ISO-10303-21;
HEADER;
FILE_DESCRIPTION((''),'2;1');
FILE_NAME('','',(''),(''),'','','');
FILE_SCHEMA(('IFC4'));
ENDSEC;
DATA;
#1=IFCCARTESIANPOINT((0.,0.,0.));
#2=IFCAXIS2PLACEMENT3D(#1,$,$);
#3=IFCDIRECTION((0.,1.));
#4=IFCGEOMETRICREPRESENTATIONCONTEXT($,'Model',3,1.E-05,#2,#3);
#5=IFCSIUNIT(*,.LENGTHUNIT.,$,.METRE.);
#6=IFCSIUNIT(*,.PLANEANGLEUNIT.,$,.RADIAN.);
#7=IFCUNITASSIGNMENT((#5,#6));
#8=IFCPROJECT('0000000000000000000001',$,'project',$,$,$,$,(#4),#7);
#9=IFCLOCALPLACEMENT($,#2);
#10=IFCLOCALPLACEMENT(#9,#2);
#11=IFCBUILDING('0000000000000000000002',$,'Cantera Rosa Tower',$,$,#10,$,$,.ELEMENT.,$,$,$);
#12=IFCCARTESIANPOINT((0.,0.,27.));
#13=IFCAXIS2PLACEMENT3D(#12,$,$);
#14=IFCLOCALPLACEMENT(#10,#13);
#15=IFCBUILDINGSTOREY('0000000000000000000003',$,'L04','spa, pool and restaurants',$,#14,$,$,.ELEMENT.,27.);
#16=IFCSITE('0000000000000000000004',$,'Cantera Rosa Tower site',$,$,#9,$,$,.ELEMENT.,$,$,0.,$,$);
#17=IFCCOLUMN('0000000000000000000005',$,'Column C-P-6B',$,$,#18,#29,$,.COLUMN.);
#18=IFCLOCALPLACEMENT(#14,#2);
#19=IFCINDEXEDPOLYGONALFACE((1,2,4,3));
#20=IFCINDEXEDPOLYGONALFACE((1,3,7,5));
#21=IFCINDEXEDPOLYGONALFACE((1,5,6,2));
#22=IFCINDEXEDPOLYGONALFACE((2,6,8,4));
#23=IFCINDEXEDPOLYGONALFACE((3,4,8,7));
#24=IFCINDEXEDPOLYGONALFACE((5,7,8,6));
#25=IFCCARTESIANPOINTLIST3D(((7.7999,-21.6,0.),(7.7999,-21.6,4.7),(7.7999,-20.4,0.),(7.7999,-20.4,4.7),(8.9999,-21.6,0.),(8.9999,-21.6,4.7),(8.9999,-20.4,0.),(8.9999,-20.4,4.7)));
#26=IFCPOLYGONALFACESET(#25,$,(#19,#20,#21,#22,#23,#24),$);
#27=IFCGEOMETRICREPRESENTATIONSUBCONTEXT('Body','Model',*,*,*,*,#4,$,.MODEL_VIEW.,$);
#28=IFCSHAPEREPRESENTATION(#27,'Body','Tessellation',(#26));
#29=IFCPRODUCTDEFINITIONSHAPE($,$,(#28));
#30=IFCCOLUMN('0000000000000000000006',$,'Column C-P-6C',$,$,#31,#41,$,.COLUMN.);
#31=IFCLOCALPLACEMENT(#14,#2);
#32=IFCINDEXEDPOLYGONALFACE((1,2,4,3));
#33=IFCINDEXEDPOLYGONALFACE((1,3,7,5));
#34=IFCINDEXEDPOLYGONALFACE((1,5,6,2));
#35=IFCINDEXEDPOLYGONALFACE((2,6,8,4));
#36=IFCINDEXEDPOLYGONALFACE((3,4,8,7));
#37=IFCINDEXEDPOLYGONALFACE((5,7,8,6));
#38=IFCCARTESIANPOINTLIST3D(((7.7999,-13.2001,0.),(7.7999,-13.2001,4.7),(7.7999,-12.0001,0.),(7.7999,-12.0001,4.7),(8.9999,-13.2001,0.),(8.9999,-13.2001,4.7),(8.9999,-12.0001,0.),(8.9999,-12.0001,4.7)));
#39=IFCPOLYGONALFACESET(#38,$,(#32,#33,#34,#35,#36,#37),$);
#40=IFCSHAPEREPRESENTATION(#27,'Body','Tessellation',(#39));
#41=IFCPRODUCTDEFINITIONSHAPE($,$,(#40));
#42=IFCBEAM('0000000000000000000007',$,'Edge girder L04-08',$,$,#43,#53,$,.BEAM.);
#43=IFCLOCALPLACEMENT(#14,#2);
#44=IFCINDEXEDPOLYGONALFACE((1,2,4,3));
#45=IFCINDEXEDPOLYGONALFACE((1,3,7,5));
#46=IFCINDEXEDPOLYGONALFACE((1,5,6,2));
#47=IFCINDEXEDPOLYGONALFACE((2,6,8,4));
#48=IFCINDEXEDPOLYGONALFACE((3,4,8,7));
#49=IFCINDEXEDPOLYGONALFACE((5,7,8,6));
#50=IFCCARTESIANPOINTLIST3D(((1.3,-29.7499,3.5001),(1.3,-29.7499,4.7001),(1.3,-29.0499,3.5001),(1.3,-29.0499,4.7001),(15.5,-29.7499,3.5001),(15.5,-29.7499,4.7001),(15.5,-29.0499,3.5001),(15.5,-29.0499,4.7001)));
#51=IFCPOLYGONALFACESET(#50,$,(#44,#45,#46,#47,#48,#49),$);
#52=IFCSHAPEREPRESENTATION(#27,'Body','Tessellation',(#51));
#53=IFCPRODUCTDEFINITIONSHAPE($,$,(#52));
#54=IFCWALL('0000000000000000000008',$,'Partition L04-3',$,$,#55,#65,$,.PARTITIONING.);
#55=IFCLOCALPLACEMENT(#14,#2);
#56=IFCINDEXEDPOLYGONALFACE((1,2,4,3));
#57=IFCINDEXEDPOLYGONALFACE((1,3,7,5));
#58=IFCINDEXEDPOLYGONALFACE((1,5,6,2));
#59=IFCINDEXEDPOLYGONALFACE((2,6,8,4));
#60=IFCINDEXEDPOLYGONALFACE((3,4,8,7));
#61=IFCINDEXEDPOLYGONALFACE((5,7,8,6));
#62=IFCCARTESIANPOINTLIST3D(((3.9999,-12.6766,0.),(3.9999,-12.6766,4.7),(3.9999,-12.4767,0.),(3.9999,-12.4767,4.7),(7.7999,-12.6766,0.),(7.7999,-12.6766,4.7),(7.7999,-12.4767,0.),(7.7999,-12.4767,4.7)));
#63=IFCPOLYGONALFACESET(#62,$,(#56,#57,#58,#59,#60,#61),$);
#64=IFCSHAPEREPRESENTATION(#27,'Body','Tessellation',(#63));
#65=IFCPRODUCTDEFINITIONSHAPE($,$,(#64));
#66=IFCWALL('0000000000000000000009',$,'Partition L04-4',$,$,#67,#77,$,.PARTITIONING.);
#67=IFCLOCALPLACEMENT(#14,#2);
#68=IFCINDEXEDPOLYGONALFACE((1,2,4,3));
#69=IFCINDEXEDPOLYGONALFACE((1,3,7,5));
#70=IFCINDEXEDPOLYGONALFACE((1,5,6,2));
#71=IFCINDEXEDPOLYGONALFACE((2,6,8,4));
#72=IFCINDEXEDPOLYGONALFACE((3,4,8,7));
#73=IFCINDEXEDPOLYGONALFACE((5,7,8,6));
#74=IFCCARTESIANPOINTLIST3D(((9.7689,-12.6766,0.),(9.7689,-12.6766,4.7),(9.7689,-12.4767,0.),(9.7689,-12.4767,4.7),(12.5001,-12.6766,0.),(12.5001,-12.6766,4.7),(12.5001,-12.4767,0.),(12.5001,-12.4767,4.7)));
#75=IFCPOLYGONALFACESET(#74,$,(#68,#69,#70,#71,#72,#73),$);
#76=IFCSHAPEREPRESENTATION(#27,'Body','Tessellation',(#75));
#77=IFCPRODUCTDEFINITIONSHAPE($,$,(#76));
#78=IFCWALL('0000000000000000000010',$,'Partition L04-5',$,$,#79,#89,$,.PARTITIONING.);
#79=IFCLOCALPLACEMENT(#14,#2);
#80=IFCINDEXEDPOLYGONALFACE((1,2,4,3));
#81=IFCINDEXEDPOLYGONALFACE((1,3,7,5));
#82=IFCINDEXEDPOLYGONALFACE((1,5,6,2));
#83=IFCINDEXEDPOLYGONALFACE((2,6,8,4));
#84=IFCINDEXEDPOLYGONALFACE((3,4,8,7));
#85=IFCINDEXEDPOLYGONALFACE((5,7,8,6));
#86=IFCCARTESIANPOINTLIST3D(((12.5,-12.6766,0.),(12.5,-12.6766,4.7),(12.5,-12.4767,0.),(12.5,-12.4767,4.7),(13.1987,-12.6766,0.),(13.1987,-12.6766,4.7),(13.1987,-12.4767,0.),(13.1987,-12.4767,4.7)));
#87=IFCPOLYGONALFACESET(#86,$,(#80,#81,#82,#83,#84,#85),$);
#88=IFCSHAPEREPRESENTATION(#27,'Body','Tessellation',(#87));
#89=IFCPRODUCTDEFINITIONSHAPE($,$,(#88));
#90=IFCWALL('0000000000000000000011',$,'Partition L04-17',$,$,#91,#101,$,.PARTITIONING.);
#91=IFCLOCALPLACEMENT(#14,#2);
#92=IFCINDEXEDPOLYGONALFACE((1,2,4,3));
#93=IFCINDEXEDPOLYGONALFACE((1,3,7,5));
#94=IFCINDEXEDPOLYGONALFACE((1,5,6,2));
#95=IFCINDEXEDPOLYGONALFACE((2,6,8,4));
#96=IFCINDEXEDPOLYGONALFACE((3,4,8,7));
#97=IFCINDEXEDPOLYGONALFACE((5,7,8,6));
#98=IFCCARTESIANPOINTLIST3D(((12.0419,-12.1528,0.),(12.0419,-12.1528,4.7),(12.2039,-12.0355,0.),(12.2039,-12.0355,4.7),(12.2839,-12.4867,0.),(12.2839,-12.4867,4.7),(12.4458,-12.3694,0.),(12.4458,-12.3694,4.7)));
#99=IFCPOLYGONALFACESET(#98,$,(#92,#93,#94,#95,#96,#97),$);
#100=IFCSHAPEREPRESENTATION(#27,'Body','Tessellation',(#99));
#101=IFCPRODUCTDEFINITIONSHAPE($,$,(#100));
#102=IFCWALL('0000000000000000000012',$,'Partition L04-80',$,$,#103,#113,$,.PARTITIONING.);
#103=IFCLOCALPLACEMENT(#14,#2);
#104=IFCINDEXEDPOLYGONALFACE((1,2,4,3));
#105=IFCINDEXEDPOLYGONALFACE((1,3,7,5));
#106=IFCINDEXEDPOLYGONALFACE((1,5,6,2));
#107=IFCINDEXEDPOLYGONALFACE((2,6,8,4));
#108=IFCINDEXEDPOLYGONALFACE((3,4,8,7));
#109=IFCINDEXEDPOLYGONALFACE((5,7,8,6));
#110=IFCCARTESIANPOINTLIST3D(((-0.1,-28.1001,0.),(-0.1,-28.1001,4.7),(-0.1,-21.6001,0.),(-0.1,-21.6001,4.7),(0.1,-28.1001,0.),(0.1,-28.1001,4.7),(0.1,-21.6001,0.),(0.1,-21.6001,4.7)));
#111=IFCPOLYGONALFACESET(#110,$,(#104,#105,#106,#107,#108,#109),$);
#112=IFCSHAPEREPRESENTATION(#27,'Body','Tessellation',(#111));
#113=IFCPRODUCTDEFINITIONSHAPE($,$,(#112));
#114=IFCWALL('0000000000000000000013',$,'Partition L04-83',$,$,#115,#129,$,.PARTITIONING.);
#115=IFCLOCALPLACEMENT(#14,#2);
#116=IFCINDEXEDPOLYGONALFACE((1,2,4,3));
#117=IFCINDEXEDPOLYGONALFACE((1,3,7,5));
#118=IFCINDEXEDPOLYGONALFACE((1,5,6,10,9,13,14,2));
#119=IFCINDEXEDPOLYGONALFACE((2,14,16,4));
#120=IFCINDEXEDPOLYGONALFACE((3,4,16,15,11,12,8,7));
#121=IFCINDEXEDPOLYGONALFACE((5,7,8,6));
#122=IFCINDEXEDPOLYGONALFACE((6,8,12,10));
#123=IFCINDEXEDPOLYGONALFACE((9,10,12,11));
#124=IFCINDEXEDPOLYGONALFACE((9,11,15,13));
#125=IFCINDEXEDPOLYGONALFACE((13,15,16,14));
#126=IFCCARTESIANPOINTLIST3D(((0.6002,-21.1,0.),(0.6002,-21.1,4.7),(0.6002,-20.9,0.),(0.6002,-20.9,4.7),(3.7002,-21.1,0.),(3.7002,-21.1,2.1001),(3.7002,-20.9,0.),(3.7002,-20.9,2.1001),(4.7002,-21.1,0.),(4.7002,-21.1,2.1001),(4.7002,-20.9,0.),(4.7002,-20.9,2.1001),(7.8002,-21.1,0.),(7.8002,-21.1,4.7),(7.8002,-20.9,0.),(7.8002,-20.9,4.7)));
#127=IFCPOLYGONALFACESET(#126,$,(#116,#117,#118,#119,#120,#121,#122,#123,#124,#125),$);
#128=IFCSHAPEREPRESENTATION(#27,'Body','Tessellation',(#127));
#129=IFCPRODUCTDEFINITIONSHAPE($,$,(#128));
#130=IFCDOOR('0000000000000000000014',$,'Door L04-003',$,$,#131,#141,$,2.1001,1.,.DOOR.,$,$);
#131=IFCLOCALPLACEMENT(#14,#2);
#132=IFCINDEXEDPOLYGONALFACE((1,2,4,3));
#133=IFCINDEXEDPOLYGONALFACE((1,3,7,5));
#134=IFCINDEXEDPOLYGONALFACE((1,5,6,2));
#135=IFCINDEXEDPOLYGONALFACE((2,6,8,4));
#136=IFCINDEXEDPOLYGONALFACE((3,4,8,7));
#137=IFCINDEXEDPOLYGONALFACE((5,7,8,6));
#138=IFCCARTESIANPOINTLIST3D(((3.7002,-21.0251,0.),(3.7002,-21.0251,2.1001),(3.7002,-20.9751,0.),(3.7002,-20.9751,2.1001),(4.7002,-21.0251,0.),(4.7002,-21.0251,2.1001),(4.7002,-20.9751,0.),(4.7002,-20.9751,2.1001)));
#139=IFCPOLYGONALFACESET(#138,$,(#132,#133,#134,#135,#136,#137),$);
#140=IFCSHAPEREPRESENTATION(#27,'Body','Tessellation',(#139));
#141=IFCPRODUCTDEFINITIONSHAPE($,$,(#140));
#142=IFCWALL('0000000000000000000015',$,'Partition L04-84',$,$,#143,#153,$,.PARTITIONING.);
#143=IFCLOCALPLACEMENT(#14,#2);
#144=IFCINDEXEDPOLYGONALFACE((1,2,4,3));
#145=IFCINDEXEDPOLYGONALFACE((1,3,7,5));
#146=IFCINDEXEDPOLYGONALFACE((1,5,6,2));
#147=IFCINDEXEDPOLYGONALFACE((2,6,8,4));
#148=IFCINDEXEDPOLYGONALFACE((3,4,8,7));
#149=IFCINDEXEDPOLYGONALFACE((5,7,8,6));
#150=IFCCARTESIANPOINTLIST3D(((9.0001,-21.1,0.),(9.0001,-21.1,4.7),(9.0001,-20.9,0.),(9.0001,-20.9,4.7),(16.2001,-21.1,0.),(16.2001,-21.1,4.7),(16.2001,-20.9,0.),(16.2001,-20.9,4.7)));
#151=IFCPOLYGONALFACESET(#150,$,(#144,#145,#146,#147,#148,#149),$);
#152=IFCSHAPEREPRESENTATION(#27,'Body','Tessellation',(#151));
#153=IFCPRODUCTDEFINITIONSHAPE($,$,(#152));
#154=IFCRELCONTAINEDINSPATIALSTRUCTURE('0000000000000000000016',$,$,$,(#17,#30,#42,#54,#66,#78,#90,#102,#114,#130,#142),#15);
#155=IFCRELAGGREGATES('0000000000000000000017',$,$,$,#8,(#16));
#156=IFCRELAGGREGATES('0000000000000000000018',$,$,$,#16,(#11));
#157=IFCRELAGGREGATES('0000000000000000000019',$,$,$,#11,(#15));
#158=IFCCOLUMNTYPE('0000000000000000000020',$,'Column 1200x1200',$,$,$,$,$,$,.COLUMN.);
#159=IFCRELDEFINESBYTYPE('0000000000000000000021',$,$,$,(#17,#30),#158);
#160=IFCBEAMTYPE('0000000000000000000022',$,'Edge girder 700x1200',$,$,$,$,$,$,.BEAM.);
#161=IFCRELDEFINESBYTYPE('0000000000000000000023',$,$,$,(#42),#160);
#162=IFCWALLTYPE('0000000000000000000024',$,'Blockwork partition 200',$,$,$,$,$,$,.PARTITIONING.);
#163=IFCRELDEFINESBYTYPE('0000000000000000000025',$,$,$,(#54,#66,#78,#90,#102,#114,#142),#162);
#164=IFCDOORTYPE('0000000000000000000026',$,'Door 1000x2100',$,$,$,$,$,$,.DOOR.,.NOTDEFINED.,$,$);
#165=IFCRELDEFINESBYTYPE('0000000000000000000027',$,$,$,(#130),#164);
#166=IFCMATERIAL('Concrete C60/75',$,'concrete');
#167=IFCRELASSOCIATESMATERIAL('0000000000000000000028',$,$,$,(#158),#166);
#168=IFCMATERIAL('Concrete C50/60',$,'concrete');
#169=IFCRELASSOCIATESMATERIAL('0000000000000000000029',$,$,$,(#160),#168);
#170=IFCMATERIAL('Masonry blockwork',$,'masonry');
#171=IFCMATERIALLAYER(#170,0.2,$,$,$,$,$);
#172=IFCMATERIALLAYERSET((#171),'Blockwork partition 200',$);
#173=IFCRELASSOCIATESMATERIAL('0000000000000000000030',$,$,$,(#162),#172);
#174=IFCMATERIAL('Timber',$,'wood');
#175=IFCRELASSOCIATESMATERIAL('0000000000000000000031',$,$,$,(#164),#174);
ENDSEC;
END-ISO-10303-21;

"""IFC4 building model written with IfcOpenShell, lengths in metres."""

from ifc_helpers import new_model, si_unit, direction, frame, frame_2d, origin, origin_2d, place, context, subcontext, project, spatial, rectangle, extrude, material, layer, layer_set, material_profile, profile_set, type_object, element, fill, save


model = new_model("IFC4")

# Units and contexts
model_context = context("Model", 3, precision=1e-05, world=origin(), true_north=direction((0.0, 1.0)))
body_context = subcontext(model_context, "Body", "Model", "MODEL_VIEW")
ifc_project = project(units=[si_unit("LENGTHUNIT", "METRE"), si_unit("PLANEANGLEUNIT", "RADIAN")], contexts=[model_context])

# Site, building, storey
site_placement = place(None, origin())
site = spatial("IfcSite", under=ifc_project, at=site_placement, Name="Cantera Rosa Tower site", CompositionType="ELEMENT", RefElevation=0.0)
building_placement = place(site_placement, origin())
building = spatial("IfcBuilding", under=site, at=building_placement, Name="Cantera Rosa Tower", CompositionType="ELEMENT")
storey_placement = place(building_placement, frame((0.0, 0.0, 27.0)))
storey = spatial("IfcBuildingStorey", under=building, at=storey_placement, Name="L04", Description="spa, pool and restaurants", CompositionType="ELEMENT", Elevation=27.0)

# Columns
ifc_material_1 = material(Name="Concrete C60/75", Category="concrete")
ifc_material_profile_1 = material_profile(ifc_material_1, rectangle(XDim=1.2, YDim=1.2, at=origin_2d()), Name="Column 1200x1200")
ifc_profile_set_1 = profile_set([ifc_material_profile_1], Name="Concrete C60/75")
column_type = type_object("IfcColumnType", Name="Column 1200x1200", PredefinedType="COLUMN", material=ifc_profile_set_1)
for number, where, z_axis, x_axis, name in (
    (1, (8.3999, -21.0, 0.0), (0.0, 0.0, 1.0), (1.0, 0.0, 0.0), "Column C-P-6B"),
    (2, (8.3999, -12.6001, 0.0), (0.0, 0.0, 1.0), (1.0, 0.0, 0.0), "Column C-P-6C"),
):
    element("IfcColumn", number, at=place(storey_placement, frame(where, z_axis=z_axis, x_axis=x_axis)), inside=storey, type_object=column_type, Name=name, PredefinedType="COLUMN", context=body_context, shape_type="SweptSolid", body=[
        extrude(rectangle(XDim=1.2, YDim=1.2, at=origin_2d()), origin(), (0.0, 0.0, 1.0), 4.7),
    ])

# Beam
ifc_material_2 = material(Name="Concrete C50/60", Category="concrete")
ifc_material_profile_2 = material_profile(ifc_material_2, rectangle(XDim=0.7, YDim=1.2, at=origin_2d()), Name="Edge girder 700x1200")
ifc_profile_set_2 = profile_set([ifc_material_profile_2], Name="Concrete C50/60")
beam_type = type_object("IfcBeamType", Name="Edge girder 700x1200", PredefinedType="BEAM", material=ifc_profile_set_2)
beam_placement = place(storey_placement, frame((1.3, -29.3999, 4.1001), z_axis=(1.0, 0.0, 0.0), x_axis=(0.0, 1.0, 0.0)))
element("IfcBeam", 3, at=beam_placement, inside=storey, type_object=beam_type, Name="Edge girder L04-08", PredefinedType="BEAM", context=body_context, shape_type="SweptSolid", body=[
    extrude(rectangle(XDim=0.7, YDim=1.2, at=origin_2d()), origin(), (0.0, 0.0, 1.0), 14.2),
])

# Walls
ifc_material_3 = material(Name="Masonry blockwork", Category="masonry")
ifc_layer_1 = layer(ifc_material_3, 0.2)
ifc_layer_set_1 = layer_set([ifc_layer_1], Name="Blockwork partition 200")
wall_type_1 = type_object("IfcWallType", Name="Blockwork partition 200", PredefinedType="PARTITIONING", material=ifc_layer_set_1)
wall_1_placement = place(storey_placement, frame((4.0, -12.5767, 0.0), z_axis=(0.0, 0.0, 1.0), x_axis=(1.0, 0.0, 0.0)))
element("IfcWall", 4, at=wall_1_placement, inside=storey, type_object=wall_type_1, Name="Partition L04-3", PredefinedType="PARTITIONING", context=body_context, shape_type="SweptSolid", body=[
    extrude(rectangle(XDim=3.8, YDim=0.2, at=frame_2d((1.8999, 0.0))), origin(), (0.0, 0.0, 1.0), 4.7),
])
wall_2_placement = place(storey_placement, frame((9.7688, -12.5767, 0.0), z_axis=(0.0, 0.0, 1.0), x_axis=(1.0, 0.0, 0.0)))
element("IfcWall", 5, at=wall_2_placement, inside=storey, type_object=wall_type_1, Name="Partition L04-4", PredefinedType="PARTITIONING", context=body_context, shape_type="SweptSolid", body=[
    extrude(rectangle(XDim=2.7312, YDim=0.2, at=frame_2d((1.3657, 0.0))), origin(), (0.0, 0.0, 1.0), 4.7),
])
wall_3_placement = place(storey_placement, frame((12.5, -12.5767, 0.0), z_axis=(0.0, 0.0, 1.0), x_axis=(1.0, 0.0, 0.0)))
element("IfcWall", 6, at=wall_3_placement, inside=storey, type_object=wall_type_1, Name="Partition L04-5", PredefinedType="PARTITIONING", context=body_context, shape_type="SweptSolid", body=[
    extrude(rectangle(XDim=0.6987, YDim=0.2, at=frame_2d((0.3494, 0.0))), origin(), (0.0, 0.0, 1.0), 4.7),
])
wall_4_placement = place(storey_placement, frame((12.3647, -12.428, 0.0), z_axis=(0.0, 0.0, 1.0), x_axis=(-0.586657, 0.809835, 0.0)))
element("IfcWall", 7, at=wall_4_placement, inside=storey, type_object=wall_type_1, Name="Partition L04-17", PredefinedType="PARTITIONING", context=body_context, shape_type="SweptSolid", body=[
    extrude(rectangle(XDim=0.4124, YDim=0.2, at=frame_2d((0.2061, 0.0))), origin(), (0.0, 0.0, 1.0), 4.7),
])
wall_5_placement = place(storey_placement, frame((0.0, -28.1001, 0.0), z_axis=(0.0, 0.0, 1.0), x_axis=(0.0, 1.0, 0.0)))
element("IfcWall", 8, at=wall_5_placement, inside=storey, type_object=wall_type_1, Name="Partition L04-80", PredefinedType="PARTITIONING", context=body_context, shape_type="SweptSolid", body=[
    extrude(rectangle(XDim=6.5, YDim=0.2, at=frame_2d((3.25, 0.0))), origin(), (0.0, 0.0, 1.0), 4.7),
])

# Wall, opening, door
wall_6_placement = place(storey_placement, frame((0.6001, -21.0, 0.0), z_axis=(0.0, 0.0, 1.0), x_axis=(1.0, 0.0, 0.0)))
wall_6 = element("IfcWall", 9, at=wall_6_placement, inside=storey, type_object=wall_type_1, Name="Partition L04-83", PredefinedType="PARTITIONING", context=body_context, shape_type="SweptSolid", body=[
    extrude(rectangle(XDim=7.2, YDim=0.2, at=frame_2d((3.6001, 0.0))), origin(), (0.0, 0.0, 1.0), 4.7),
])
opening_1_placement = place(wall_6_placement, frame((3.1001, 0.0, 0.0)))
opening_1 = element("IfcOpeningElement", 10, at=opening_1_placement, cuts=wall_6, PredefinedType="OPENING", context=body_context, shape_type="SweptSolid", body=[
    extrude(rectangle(XDim=1.0, YDim=2.1001, at=frame_2d((0.5, 1.05))), frame((0.0, 0.1099, 0.0), z_axis=(0.0, -1.0, 0.0), x_axis=(1.0, 0.0, 0.0)), (0.0, 0.0, 1.0), 0.22),
])
ifc_material_4 = material(Name="Timber", Category="wood")
door_type_1 = type_object("IfcDoorType", Name="Door 1000x2100", OperationType="NOTDEFINED", PredefinedType="DOOR", material=ifc_material_4)
door_1_placement = place(opening_1_placement, origin())
door_1 = element("IfcDoor", 11, at=door_1_placement, inside=storey, type_object=door_type_1, Name="Door L04-003", OverallHeight=2.1001, OverallWidth=1.0, PredefinedType="DOOR", context=body_context, shape_type="SweptSolid", body=[
    extrude(rectangle(XDim=1.0, YDim=2.1001, at=frame_2d((0.5, 1.05))), frame((0.0, 0.0249, 0.0), z_axis=(0.0, -1.0, 0.0), x_axis=(1.0, 0.0, 0.0)), (0.0, 0.0, 1.0), 0.05),
])
fill(opening_1, door_1)

# Wall
wall_7_placement = place(storey_placement, frame((9.0, -21.0, 0.0), z_axis=(0.0, 0.0, 1.0), x_axis=(1.0, 0.0, 0.0)))
element("IfcWall", 12, at=wall_7_placement, inside=storey, type_object=wall_type_1, Name="Partition L04-84", PredefinedType="PARTITIONING", context=body_context, shape_type="SweptSolid", body=[
    extrude(rectangle(XDim=7.2, YDim=0.2, at=frame_2d((3.6001, 0.0))), origin(), (0.0, 0.0, 1.0), 4.7),
])

save(model, "model.ifc")
